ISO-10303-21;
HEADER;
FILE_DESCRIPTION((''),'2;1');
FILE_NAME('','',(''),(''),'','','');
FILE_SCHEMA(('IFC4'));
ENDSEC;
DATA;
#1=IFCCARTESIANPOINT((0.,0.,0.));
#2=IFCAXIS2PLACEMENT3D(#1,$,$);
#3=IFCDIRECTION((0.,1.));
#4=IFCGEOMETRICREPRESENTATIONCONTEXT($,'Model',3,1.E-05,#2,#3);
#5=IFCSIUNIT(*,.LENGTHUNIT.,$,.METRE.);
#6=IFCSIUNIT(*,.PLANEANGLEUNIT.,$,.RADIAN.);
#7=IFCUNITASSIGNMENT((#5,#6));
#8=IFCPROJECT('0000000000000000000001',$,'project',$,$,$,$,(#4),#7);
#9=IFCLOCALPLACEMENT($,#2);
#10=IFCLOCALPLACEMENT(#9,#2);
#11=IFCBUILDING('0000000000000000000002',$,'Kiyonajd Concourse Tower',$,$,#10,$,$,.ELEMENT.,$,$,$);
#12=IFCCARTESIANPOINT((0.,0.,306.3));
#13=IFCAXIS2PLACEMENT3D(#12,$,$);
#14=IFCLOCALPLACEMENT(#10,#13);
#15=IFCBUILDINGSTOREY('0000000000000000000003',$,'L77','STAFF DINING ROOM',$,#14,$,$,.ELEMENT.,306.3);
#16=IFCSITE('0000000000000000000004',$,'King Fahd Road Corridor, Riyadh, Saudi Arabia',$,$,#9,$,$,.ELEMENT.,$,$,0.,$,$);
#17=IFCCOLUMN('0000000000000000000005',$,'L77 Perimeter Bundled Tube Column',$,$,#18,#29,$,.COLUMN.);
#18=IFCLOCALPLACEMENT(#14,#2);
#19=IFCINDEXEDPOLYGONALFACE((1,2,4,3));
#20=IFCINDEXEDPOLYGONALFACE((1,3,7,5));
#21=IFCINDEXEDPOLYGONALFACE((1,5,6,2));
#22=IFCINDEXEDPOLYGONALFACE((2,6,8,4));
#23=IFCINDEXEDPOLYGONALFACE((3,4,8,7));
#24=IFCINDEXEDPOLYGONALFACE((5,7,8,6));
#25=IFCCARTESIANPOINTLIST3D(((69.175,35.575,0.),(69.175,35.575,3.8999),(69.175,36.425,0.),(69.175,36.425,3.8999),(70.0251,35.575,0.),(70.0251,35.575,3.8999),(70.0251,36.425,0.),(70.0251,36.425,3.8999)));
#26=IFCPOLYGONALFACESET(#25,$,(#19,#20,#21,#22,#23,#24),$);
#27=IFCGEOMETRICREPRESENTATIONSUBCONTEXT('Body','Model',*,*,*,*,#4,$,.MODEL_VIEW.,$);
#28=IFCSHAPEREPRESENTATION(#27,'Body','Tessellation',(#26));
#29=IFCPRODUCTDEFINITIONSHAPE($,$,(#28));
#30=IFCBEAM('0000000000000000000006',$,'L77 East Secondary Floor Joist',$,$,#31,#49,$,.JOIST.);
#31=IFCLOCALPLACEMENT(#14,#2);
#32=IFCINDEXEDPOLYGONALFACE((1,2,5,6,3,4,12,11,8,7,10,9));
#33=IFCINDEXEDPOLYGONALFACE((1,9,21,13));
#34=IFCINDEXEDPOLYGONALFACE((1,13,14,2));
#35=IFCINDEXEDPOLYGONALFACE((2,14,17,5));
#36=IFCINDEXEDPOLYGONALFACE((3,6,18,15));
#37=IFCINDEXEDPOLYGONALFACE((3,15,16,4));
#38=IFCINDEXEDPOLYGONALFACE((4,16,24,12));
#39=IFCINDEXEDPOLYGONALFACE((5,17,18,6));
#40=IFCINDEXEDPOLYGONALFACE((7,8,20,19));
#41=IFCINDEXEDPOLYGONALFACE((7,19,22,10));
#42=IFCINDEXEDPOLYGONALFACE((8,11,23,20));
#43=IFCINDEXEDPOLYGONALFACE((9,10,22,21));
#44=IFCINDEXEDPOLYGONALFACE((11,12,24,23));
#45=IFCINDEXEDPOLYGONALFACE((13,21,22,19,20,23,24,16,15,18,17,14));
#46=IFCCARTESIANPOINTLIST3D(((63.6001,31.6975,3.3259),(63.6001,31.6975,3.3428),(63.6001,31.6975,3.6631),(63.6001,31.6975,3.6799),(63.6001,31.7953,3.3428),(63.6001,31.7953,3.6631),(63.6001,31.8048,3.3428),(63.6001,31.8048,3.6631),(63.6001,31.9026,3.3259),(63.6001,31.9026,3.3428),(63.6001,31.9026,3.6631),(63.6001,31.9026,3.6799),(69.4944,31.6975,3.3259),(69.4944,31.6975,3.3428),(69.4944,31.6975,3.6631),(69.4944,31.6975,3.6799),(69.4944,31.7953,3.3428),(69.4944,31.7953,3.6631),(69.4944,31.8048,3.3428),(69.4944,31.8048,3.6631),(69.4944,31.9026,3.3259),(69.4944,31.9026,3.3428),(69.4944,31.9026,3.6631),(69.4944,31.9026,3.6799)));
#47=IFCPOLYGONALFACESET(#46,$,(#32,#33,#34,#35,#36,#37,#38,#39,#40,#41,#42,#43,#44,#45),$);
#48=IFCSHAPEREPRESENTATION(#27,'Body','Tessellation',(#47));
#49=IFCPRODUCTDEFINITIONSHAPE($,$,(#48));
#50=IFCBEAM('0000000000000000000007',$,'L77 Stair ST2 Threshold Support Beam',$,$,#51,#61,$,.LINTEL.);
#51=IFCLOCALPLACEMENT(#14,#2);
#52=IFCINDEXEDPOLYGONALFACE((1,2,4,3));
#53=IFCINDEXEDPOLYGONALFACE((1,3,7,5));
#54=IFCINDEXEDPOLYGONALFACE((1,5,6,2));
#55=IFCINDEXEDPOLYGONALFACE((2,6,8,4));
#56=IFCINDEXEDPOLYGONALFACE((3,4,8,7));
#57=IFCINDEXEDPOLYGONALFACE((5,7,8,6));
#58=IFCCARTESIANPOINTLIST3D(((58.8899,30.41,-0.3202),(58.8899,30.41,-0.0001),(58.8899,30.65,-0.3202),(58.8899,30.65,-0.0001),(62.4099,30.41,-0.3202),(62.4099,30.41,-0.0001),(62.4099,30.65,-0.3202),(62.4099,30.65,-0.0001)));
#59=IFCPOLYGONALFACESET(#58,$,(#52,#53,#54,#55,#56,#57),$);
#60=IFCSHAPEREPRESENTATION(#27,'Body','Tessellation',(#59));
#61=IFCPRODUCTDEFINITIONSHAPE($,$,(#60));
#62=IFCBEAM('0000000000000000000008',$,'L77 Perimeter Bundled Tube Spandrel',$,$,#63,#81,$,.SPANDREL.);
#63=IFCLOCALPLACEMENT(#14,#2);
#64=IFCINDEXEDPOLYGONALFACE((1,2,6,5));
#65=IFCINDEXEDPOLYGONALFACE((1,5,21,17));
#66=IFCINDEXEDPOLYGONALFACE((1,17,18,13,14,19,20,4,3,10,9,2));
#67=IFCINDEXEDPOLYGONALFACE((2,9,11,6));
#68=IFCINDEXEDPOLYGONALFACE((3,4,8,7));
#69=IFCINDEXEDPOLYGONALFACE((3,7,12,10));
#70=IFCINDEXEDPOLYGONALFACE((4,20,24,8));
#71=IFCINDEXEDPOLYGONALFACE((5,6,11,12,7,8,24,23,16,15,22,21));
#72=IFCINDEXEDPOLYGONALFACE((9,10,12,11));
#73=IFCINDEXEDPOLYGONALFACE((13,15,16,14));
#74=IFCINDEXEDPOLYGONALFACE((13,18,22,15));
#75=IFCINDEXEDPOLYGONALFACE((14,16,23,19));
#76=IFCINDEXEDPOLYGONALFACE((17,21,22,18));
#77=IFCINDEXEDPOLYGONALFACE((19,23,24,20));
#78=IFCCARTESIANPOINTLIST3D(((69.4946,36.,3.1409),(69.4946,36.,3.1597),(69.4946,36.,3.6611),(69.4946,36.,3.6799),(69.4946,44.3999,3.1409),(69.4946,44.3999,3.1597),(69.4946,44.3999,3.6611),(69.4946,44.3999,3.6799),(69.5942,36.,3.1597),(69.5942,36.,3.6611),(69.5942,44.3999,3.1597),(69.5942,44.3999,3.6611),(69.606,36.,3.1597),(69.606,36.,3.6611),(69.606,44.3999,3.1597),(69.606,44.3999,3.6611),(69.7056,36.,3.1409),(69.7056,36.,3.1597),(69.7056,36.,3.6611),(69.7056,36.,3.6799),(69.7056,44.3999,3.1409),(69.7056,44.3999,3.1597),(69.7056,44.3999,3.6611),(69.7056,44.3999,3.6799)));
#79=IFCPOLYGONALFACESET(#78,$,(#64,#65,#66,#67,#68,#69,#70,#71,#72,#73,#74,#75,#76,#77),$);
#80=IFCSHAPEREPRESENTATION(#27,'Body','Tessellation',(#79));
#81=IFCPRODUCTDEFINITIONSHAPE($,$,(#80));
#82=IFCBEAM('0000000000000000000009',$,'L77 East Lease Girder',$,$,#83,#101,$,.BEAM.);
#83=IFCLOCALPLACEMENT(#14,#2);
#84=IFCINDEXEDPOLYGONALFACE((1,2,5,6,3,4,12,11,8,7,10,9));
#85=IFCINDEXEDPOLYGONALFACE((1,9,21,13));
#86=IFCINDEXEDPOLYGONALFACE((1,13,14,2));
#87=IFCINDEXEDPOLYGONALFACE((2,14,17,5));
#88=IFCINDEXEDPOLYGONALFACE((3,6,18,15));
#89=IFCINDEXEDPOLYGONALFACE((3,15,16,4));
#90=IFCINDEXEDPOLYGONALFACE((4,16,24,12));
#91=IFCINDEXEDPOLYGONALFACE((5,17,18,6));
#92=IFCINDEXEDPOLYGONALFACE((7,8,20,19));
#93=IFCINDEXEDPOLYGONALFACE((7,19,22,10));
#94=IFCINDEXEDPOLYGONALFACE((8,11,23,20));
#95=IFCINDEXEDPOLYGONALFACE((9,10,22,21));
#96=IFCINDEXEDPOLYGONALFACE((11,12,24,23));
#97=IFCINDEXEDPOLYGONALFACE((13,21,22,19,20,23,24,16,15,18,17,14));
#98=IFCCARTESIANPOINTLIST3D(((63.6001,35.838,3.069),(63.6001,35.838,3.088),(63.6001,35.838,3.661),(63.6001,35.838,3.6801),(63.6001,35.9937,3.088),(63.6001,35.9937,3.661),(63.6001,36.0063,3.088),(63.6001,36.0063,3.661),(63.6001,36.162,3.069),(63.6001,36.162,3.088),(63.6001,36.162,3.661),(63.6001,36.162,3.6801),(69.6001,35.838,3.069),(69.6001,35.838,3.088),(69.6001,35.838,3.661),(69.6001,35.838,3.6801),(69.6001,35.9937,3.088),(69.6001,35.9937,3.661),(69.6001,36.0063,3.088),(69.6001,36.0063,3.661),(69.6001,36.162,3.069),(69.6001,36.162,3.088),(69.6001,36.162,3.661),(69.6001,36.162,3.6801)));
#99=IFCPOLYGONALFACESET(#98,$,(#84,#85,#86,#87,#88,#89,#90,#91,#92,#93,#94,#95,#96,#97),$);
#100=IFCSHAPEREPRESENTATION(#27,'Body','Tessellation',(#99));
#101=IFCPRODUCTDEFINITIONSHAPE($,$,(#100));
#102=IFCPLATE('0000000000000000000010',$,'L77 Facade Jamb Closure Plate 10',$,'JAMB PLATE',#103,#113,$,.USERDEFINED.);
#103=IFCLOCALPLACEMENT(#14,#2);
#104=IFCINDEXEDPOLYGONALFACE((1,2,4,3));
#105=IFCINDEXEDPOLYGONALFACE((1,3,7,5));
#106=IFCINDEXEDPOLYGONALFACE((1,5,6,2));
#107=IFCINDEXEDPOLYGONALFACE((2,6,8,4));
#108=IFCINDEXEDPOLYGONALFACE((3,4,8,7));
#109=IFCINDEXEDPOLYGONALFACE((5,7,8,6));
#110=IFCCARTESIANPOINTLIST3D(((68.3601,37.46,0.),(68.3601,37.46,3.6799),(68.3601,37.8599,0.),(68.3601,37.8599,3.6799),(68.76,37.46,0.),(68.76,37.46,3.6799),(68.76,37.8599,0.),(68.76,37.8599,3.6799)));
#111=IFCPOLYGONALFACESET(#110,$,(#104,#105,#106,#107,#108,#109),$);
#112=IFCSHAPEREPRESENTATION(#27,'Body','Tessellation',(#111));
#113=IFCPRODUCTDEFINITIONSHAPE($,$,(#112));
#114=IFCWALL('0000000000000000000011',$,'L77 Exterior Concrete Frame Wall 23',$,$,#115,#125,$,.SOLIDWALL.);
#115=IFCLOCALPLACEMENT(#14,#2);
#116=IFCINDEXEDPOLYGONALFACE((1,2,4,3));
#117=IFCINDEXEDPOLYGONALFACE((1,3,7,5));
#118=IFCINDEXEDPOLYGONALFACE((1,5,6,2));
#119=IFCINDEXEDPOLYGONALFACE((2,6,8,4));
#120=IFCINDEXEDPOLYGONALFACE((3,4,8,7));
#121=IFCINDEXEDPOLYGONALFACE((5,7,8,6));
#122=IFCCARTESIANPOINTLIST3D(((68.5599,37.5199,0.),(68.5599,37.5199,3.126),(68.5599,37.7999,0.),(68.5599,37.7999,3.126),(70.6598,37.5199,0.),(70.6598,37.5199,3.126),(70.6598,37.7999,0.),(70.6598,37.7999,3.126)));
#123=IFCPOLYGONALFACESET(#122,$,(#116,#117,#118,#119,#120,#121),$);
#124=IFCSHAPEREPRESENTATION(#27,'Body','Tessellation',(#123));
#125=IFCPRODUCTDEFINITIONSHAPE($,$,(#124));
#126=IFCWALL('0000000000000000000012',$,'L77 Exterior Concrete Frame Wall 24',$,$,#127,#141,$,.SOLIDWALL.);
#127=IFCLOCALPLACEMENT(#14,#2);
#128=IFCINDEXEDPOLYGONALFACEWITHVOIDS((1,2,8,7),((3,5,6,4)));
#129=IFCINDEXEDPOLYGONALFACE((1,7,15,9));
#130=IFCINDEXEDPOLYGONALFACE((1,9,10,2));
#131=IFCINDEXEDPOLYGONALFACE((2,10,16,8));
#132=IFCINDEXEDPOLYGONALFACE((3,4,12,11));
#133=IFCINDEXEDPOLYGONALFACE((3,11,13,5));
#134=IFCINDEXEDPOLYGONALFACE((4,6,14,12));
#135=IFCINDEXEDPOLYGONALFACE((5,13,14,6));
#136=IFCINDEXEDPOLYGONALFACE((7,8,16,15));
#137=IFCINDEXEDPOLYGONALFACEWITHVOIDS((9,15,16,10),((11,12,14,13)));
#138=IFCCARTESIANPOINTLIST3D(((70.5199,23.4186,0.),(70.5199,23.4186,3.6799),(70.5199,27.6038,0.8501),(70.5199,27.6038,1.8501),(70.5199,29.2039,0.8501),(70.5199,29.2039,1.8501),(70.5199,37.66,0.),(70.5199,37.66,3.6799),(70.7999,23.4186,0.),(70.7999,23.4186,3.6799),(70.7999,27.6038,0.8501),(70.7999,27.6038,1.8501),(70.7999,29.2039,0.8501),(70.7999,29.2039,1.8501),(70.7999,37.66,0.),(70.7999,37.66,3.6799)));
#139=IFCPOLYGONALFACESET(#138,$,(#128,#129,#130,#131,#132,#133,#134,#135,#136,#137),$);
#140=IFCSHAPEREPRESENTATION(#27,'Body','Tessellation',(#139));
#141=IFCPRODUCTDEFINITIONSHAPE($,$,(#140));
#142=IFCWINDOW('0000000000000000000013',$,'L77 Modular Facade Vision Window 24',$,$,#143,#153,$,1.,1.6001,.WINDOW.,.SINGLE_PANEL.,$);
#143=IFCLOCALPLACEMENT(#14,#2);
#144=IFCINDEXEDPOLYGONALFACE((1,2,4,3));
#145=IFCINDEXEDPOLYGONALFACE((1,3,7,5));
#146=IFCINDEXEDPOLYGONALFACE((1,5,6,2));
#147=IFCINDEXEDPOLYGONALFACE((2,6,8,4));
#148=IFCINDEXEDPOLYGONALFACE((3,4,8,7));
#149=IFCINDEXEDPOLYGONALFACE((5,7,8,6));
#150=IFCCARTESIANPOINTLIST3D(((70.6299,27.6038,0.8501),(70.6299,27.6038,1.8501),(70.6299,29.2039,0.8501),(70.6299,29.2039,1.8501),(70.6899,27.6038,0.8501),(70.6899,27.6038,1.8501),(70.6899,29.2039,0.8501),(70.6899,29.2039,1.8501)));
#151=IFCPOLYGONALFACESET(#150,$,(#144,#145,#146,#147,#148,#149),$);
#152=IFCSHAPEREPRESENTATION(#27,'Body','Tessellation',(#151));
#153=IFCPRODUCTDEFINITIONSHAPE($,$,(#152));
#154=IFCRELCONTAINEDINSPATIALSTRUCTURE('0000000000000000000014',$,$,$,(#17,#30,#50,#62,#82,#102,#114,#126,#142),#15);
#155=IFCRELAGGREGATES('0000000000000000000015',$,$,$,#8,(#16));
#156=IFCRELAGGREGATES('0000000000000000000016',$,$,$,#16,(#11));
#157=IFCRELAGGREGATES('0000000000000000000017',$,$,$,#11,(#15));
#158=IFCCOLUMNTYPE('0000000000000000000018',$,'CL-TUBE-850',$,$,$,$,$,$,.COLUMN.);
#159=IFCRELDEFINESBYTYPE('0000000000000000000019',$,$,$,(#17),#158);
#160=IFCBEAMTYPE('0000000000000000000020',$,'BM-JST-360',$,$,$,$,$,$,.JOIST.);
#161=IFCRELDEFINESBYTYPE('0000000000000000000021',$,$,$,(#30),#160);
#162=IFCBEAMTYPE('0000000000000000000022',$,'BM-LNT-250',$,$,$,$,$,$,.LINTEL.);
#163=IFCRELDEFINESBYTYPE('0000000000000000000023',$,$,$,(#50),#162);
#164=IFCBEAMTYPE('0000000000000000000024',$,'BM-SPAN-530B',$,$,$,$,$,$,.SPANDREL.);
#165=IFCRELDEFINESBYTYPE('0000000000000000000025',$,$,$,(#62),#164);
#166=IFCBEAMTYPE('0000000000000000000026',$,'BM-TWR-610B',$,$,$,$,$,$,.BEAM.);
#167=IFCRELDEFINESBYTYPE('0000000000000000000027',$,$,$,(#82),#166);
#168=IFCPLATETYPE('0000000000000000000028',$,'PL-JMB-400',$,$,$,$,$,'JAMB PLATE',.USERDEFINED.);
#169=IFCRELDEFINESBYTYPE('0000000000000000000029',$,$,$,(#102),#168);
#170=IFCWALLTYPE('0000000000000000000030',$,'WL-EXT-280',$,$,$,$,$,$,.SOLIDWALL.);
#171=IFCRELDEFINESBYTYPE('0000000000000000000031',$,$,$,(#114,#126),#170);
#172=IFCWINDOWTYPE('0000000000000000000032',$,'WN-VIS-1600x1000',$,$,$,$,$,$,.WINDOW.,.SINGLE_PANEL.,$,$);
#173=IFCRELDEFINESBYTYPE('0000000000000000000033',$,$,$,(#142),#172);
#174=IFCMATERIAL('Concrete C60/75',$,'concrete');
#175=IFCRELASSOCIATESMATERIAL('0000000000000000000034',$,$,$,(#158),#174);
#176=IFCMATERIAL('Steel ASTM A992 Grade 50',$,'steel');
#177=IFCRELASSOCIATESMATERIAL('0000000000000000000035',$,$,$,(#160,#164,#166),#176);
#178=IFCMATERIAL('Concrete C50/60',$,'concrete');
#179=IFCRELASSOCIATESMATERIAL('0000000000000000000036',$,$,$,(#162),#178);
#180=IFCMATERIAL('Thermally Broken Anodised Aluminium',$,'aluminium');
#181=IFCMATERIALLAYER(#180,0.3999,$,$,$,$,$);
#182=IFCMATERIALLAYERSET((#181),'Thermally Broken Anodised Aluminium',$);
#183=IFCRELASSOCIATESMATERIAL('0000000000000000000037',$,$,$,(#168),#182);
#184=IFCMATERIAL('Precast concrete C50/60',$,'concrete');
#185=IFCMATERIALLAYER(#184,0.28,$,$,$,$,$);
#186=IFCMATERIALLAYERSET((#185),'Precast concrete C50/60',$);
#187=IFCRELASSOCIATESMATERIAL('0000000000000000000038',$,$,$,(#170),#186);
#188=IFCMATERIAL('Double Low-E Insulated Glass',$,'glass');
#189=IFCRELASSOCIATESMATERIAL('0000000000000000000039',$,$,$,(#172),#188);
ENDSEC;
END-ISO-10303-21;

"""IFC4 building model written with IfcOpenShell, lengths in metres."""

from ifc_helpers import new_model, si_unit, direction, frame, frame_2d, origin, origin_2d, place, context, subcontext, project, spatial, rectangle, i_section, extrude, material, layer, layer_set, material_profile, profile_set, type_object, element, fill, save


model = new_model("IFC4")

# Units and contexts
model_context = context("Model", 3, precision=1e-05, world=origin(), true_north=direction((0.0, 1.0)))
body_context = subcontext(model_context, "Body", "Model", "MODEL_VIEW")
ifc_project = project(units=[si_unit("LENGTHUNIT", "METRE"), si_unit("PLANEANGLEUNIT", "RADIAN")], contexts=[model_context])

# Site, building, storey
site_placement = place(None, origin())
site = spatial("IfcSite", under=ifc_project, at=site_placement, Name="King Fahd Road Corridor, Riyadh, Saudi Arabia", CompositionType="ELEMENT", RefElevation=0.0)
building_placement = place(site_placement, origin())
building = spatial("IfcBuilding", under=site, at=building_placement, Name="Kiyonajd Concourse Tower", CompositionType="ELEMENT")
storey_placement = place(building_placement, frame((0.0, 0.0, 306.3)))
storey = spatial("IfcBuildingStorey", under=building, at=storey_placement, Name="L77", Description="STAFF DINING ROOM", CompositionType="ELEMENT", Elevation=306.3)

# Column
ifc_material_1 = material(Name="Concrete C60/75", Category="concrete")
ifc_material_profile_1 = material_profile(ifc_material_1, rectangle(XDim=0.8501, YDim=0.8501, at=origin_2d()), Name="RC-850x850")
ifc_profile_set_1 = profile_set([ifc_material_profile_1], Name="Concrete C60/75")
column_type = type_object("IfcColumnType", Name="CL-TUBE-850", PredefinedType="COLUMN", material=ifc_profile_set_1)
column_placement = place(storey_placement, frame((69.6001, 36.0, 0.0), z_axis=(0.0, 0.0, 1.0), x_axis=(1.0, 0.0, 0.0)))
element("IfcColumn", 1, at=column_placement, inside=storey, type_object=column_type, Name="L77 Perimeter Bundled Tube Column", PredefinedType="COLUMN", context=body_context, shape_type="SweptSolid", body=[
    extrude(rectangle(XDim=0.8501, YDim=0.8501, at=origin_2d()), origin(), (0.0, 0.0, 1.0), 3.8999),
])

# Beams
ifc_material_2 = material(Name="Steel ASTM A992 Grade 50", Category="steel")
ifc_material_profile_2 = material_profile(ifc_material_2, i_section(OverallWidth=0.2051, OverallDepth=0.354, WebThickness=0.0095, FlangeThickness=0.0168, at=origin_2d()), Name="W360X79")
ifc_profile_set_2 = profile_set([ifc_material_profile_2], Name="Steel ASTM A992 Grade 50")
beam_type_1 = type_object("IfcBeamType", Name="BM-JST-360", PredefinedType="JOIST", material=ifc_profile_set_2)
beam_1_placement = place(storey_placement, frame((63.6001, 31.8, 3.5029), z_axis=(1.0, 0.0, 0.0), x_axis=(0.0, 1.0, 0.0)))
element("IfcBeam", 2, at=beam_1_placement, inside=storey, type_object=beam_type_1, Name="L77 East Secondary Floor Joist", PredefinedType="JOIST", context=body_context, shape_type="SweptSolid", body=[
    extrude(i_section(OverallWidth=0.2051, OverallDepth=0.354, WebThickness=0.0095, FlangeThickness=0.0168, at=origin_2d()), origin(), (0.0, 0.0, 1.0), 5.8943),
])
ifc_material_3 = material(Name="Concrete C50/60", Category="concrete")
ifc_material_profile_3 = material_profile(ifc_material_3, rectangle(XDim=0.24, YDim=0.3201, at=origin_2d()), Name="RCBM-240x320")
ifc_profile_set_3 = profile_set([ifc_material_profile_3], Name="Concrete C50/60")
beam_type_2 = type_object("IfcBeamType", Name="BM-LNT-250", PredefinedType="LINTEL", material=ifc_profile_set_3)
beam_2_placement = place(storey_placement, frame((58.8899, 30.53, -0.1602), z_axis=(1.0, 0.0, 0.0), x_axis=(0.0, 1.0, 0.0)))
element("IfcBeam", 3, at=beam_2_placement, inside=storey, type_object=beam_type_2, Name="L77 Stair ST2 Threshold Support Beam", PredefinedType="LINTEL", context=body_context, shape_type="SweptSolid", body=[
    extrude(rectangle(XDim=0.24, YDim=0.3201, at=origin_2d()), origin(), (0.0, 0.0, 1.0), 3.52),
])
ifc_material_profile_4 = material_profile(ifc_material_2, i_section(OverallWidth=0.2109, OverallDepth=0.5391, WebThickness=0.0117, FlangeThickness=0.0188, at=origin_2d()), Name="W530X109")
ifc_profile_set_4 = profile_set([ifc_material_profile_4], Name="Steel ASTM A992 Grade 50")
beam_type_3 = type_object("IfcBeamType", Name="BM-SPAN-530B", PredefinedType="SPANDREL", material=ifc_profile_set_4)
beam_3_placement = place(storey_placement, frame((69.6001, 36.0, 3.4104), z_axis=(0.0, 1.0, 0.0), x_axis=(-1.0, 0.0, 0.0)))
element("IfcBeam", 4, at=beam_3_placement, inside=storey, type_object=beam_type_3, Name="L77 Perimeter Bundled Tube Spandrel", PredefinedType="SPANDREL", context=body_context, shape_type="SweptSolid", body=[
    extrude(i_section(OverallWidth=0.2109, OverallDepth=0.5391, WebThickness=0.0117, FlangeThickness=0.0188, at=origin_2d()), origin(), (0.0, 0.0, 1.0), 8.3999),
])
ifc_material_profile_5 = material_profile(ifc_material_2, i_section(OverallWidth=0.324, OverallDepth=0.6111, WebThickness=0.0127, FlangeThickness=0.019, at=origin_2d()), Name="W610X155")
ifc_profile_set_5 = profile_set([ifc_material_profile_5], Name="Steel ASTM A992 Grade 50")
beam_type_4 = type_object("IfcBeamType", Name="BM-TWR-610B", PredefinedType="BEAM", material=ifc_profile_set_5)
beam_4_placement = place(storey_placement, frame((63.6001, 36.0, 3.3745), z_axis=(1.0, 0.0, 0.0), x_axis=(0.0, 1.0, 0.0)))
element("IfcBeam", 5, at=beam_4_placement, inside=storey, type_object=beam_type_4, Name="L77 East Lease Girder", PredefinedType="BEAM", context=body_context, shape_type="SweptSolid", body=[
    extrude(i_section(OverallWidth=0.324, OverallDepth=0.6111, WebThickness=0.0127, FlangeThickness=0.019, at=origin_2d()), origin(), (0.0, 0.0, 1.0), 6.0),
])

# Plate
ifc_material_4 = material(Name="Thermally Broken Anodised Aluminium", Category="aluminium")
ifc_layer_1 = layer(ifc_material_4, 0.3999)
ifc_layer_set_1 = layer_set([ifc_layer_1], Name="Thermally Broken Anodised Aluminium")
plate_type = type_object("IfcPlateType", Name="PL-JMB-400", ElementType="JAMB PLATE", PredefinedType="USERDEFINED", material=ifc_layer_set_1)
plate_placement = place(storey_placement, frame((68.5601, 37.6599, 0.0), z_axis=(0.0, 0.0, 1.0), x_axis=(1.0, 0.0, 0.0)))
element("IfcPlate", 6, at=plate_placement, inside=storey, type_object=plate_type, Name="L77 Facade Jamb Closure Plate 10", ObjectType="JAMB PLATE", PredefinedType="USERDEFINED", context=body_context, shape_type="SweptSolid", body=[
    extrude(rectangle(XDim=0.3999, YDim=0.3999, at=origin_2d()), origin(), (0.0, 0.0, 1.0), 3.6799),
])

# Wall
ifc_material_5 = material(Name="Precast concrete C50/60", Category="concrete")
ifc_layer_2 = layer(ifc_material_5, 0.28)
ifc_layer_set_2 = layer_set([ifc_layer_2], Name="Precast concrete C50/60")
wall_type_1 = type_object("IfcWallType", Name="WL-EXT-280", PredefinedType="SOLIDWALL", material=ifc_layer_set_2)
wall_1_placement = place(storey_placement, frame((68.5601, 37.6599, 0.0), z_axis=(0.0, 0.0, 1.0), x_axis=(1.0, 0.0, 0.0)))
element("IfcWall", 7, at=wall_1_placement, inside=storey, type_object=wall_type_1, Name="L77 Exterior Concrete Frame Wall 23", PredefinedType="SOLIDWALL", context=body_context, shape_type="SweptSolid", body=[
    extrude(rectangle(XDim=2.0999, YDim=0.28, at=frame_2d((1.0498, 0.0))), origin(), (0.0, 0.0, 1.0), 3.126),
])

# Wall, opening, window
wall_2_placement = place(storey_placement, frame((70.6599, 37.6599, 0.0), z_axis=(0.0, 0.0, 1.0), x_axis=(0.0, -1.0, 0.0)))
wall_2 = element("IfcWall", 8, at=wall_2_placement, inside=storey, type_object=wall_type_1, Name="L77 Exterior Concrete Frame Wall 24", PredefinedType="SOLIDWALL", context=body_context, shape_type="SweptSolid", body=[
    extrude(rectangle(XDim=14.2415, YDim=0.28, at=frame_2d((7.1206, 0.0))), origin(), (0.0, 0.0, 1.0), 3.6799),
])
opening_1_placement = place(wall_2_placement, frame((8.4561, 0.0, 0.8501)))
opening_1 = element("IfcOpeningElement", 9, at=opening_1_placement, cuts=wall_2, PredefinedType="OPENING", context=body_context, shape_type="SweptSolid", body=[
    extrude(rectangle(XDim=1.6001, YDim=1.0, at=frame_2d((0.8, 0.5))), frame((0.0, 0.1499, 0.0), z_axis=(0.0, -1.0, 0.0), x_axis=(1.0, 0.0, 0.0)), (0.0, 0.0, 1.0), 0.3),
])
ifc_material_6 = material(Name="Double Low-E Insulated Glass", Category="glass")
window_type = type_object("IfcWindowType", Name="WN-VIS-1600x1000", PartitioningType="SINGLE_PANEL", PredefinedType="WINDOW", material=ifc_material_6)
window_placement = place(opening_1_placement, origin())
window = element("IfcWindow", 10, at=window_placement, inside=storey, type_object=window_type, Name="L77 Modular Facade Vision Window 24", OverallHeight=1.0, OverallWidth=1.6001, PartitioningType="SINGLE_PANEL", PredefinedType="WINDOW", context=body_context, shape_type="SweptSolid", body=[
    extrude(rectangle(XDim=1.6001, YDim=1.0, at=frame_2d((0.8, 0.5))), frame((0.0, 0.03, 0.0), z_axis=(0.0, -1.0, 0.0), x_axis=(1.0, 0.0, 0.0)), (0.0, 0.0, 1.0), 0.0601),
])
fill(opening_1, window)

save(model, "model.ifc")
